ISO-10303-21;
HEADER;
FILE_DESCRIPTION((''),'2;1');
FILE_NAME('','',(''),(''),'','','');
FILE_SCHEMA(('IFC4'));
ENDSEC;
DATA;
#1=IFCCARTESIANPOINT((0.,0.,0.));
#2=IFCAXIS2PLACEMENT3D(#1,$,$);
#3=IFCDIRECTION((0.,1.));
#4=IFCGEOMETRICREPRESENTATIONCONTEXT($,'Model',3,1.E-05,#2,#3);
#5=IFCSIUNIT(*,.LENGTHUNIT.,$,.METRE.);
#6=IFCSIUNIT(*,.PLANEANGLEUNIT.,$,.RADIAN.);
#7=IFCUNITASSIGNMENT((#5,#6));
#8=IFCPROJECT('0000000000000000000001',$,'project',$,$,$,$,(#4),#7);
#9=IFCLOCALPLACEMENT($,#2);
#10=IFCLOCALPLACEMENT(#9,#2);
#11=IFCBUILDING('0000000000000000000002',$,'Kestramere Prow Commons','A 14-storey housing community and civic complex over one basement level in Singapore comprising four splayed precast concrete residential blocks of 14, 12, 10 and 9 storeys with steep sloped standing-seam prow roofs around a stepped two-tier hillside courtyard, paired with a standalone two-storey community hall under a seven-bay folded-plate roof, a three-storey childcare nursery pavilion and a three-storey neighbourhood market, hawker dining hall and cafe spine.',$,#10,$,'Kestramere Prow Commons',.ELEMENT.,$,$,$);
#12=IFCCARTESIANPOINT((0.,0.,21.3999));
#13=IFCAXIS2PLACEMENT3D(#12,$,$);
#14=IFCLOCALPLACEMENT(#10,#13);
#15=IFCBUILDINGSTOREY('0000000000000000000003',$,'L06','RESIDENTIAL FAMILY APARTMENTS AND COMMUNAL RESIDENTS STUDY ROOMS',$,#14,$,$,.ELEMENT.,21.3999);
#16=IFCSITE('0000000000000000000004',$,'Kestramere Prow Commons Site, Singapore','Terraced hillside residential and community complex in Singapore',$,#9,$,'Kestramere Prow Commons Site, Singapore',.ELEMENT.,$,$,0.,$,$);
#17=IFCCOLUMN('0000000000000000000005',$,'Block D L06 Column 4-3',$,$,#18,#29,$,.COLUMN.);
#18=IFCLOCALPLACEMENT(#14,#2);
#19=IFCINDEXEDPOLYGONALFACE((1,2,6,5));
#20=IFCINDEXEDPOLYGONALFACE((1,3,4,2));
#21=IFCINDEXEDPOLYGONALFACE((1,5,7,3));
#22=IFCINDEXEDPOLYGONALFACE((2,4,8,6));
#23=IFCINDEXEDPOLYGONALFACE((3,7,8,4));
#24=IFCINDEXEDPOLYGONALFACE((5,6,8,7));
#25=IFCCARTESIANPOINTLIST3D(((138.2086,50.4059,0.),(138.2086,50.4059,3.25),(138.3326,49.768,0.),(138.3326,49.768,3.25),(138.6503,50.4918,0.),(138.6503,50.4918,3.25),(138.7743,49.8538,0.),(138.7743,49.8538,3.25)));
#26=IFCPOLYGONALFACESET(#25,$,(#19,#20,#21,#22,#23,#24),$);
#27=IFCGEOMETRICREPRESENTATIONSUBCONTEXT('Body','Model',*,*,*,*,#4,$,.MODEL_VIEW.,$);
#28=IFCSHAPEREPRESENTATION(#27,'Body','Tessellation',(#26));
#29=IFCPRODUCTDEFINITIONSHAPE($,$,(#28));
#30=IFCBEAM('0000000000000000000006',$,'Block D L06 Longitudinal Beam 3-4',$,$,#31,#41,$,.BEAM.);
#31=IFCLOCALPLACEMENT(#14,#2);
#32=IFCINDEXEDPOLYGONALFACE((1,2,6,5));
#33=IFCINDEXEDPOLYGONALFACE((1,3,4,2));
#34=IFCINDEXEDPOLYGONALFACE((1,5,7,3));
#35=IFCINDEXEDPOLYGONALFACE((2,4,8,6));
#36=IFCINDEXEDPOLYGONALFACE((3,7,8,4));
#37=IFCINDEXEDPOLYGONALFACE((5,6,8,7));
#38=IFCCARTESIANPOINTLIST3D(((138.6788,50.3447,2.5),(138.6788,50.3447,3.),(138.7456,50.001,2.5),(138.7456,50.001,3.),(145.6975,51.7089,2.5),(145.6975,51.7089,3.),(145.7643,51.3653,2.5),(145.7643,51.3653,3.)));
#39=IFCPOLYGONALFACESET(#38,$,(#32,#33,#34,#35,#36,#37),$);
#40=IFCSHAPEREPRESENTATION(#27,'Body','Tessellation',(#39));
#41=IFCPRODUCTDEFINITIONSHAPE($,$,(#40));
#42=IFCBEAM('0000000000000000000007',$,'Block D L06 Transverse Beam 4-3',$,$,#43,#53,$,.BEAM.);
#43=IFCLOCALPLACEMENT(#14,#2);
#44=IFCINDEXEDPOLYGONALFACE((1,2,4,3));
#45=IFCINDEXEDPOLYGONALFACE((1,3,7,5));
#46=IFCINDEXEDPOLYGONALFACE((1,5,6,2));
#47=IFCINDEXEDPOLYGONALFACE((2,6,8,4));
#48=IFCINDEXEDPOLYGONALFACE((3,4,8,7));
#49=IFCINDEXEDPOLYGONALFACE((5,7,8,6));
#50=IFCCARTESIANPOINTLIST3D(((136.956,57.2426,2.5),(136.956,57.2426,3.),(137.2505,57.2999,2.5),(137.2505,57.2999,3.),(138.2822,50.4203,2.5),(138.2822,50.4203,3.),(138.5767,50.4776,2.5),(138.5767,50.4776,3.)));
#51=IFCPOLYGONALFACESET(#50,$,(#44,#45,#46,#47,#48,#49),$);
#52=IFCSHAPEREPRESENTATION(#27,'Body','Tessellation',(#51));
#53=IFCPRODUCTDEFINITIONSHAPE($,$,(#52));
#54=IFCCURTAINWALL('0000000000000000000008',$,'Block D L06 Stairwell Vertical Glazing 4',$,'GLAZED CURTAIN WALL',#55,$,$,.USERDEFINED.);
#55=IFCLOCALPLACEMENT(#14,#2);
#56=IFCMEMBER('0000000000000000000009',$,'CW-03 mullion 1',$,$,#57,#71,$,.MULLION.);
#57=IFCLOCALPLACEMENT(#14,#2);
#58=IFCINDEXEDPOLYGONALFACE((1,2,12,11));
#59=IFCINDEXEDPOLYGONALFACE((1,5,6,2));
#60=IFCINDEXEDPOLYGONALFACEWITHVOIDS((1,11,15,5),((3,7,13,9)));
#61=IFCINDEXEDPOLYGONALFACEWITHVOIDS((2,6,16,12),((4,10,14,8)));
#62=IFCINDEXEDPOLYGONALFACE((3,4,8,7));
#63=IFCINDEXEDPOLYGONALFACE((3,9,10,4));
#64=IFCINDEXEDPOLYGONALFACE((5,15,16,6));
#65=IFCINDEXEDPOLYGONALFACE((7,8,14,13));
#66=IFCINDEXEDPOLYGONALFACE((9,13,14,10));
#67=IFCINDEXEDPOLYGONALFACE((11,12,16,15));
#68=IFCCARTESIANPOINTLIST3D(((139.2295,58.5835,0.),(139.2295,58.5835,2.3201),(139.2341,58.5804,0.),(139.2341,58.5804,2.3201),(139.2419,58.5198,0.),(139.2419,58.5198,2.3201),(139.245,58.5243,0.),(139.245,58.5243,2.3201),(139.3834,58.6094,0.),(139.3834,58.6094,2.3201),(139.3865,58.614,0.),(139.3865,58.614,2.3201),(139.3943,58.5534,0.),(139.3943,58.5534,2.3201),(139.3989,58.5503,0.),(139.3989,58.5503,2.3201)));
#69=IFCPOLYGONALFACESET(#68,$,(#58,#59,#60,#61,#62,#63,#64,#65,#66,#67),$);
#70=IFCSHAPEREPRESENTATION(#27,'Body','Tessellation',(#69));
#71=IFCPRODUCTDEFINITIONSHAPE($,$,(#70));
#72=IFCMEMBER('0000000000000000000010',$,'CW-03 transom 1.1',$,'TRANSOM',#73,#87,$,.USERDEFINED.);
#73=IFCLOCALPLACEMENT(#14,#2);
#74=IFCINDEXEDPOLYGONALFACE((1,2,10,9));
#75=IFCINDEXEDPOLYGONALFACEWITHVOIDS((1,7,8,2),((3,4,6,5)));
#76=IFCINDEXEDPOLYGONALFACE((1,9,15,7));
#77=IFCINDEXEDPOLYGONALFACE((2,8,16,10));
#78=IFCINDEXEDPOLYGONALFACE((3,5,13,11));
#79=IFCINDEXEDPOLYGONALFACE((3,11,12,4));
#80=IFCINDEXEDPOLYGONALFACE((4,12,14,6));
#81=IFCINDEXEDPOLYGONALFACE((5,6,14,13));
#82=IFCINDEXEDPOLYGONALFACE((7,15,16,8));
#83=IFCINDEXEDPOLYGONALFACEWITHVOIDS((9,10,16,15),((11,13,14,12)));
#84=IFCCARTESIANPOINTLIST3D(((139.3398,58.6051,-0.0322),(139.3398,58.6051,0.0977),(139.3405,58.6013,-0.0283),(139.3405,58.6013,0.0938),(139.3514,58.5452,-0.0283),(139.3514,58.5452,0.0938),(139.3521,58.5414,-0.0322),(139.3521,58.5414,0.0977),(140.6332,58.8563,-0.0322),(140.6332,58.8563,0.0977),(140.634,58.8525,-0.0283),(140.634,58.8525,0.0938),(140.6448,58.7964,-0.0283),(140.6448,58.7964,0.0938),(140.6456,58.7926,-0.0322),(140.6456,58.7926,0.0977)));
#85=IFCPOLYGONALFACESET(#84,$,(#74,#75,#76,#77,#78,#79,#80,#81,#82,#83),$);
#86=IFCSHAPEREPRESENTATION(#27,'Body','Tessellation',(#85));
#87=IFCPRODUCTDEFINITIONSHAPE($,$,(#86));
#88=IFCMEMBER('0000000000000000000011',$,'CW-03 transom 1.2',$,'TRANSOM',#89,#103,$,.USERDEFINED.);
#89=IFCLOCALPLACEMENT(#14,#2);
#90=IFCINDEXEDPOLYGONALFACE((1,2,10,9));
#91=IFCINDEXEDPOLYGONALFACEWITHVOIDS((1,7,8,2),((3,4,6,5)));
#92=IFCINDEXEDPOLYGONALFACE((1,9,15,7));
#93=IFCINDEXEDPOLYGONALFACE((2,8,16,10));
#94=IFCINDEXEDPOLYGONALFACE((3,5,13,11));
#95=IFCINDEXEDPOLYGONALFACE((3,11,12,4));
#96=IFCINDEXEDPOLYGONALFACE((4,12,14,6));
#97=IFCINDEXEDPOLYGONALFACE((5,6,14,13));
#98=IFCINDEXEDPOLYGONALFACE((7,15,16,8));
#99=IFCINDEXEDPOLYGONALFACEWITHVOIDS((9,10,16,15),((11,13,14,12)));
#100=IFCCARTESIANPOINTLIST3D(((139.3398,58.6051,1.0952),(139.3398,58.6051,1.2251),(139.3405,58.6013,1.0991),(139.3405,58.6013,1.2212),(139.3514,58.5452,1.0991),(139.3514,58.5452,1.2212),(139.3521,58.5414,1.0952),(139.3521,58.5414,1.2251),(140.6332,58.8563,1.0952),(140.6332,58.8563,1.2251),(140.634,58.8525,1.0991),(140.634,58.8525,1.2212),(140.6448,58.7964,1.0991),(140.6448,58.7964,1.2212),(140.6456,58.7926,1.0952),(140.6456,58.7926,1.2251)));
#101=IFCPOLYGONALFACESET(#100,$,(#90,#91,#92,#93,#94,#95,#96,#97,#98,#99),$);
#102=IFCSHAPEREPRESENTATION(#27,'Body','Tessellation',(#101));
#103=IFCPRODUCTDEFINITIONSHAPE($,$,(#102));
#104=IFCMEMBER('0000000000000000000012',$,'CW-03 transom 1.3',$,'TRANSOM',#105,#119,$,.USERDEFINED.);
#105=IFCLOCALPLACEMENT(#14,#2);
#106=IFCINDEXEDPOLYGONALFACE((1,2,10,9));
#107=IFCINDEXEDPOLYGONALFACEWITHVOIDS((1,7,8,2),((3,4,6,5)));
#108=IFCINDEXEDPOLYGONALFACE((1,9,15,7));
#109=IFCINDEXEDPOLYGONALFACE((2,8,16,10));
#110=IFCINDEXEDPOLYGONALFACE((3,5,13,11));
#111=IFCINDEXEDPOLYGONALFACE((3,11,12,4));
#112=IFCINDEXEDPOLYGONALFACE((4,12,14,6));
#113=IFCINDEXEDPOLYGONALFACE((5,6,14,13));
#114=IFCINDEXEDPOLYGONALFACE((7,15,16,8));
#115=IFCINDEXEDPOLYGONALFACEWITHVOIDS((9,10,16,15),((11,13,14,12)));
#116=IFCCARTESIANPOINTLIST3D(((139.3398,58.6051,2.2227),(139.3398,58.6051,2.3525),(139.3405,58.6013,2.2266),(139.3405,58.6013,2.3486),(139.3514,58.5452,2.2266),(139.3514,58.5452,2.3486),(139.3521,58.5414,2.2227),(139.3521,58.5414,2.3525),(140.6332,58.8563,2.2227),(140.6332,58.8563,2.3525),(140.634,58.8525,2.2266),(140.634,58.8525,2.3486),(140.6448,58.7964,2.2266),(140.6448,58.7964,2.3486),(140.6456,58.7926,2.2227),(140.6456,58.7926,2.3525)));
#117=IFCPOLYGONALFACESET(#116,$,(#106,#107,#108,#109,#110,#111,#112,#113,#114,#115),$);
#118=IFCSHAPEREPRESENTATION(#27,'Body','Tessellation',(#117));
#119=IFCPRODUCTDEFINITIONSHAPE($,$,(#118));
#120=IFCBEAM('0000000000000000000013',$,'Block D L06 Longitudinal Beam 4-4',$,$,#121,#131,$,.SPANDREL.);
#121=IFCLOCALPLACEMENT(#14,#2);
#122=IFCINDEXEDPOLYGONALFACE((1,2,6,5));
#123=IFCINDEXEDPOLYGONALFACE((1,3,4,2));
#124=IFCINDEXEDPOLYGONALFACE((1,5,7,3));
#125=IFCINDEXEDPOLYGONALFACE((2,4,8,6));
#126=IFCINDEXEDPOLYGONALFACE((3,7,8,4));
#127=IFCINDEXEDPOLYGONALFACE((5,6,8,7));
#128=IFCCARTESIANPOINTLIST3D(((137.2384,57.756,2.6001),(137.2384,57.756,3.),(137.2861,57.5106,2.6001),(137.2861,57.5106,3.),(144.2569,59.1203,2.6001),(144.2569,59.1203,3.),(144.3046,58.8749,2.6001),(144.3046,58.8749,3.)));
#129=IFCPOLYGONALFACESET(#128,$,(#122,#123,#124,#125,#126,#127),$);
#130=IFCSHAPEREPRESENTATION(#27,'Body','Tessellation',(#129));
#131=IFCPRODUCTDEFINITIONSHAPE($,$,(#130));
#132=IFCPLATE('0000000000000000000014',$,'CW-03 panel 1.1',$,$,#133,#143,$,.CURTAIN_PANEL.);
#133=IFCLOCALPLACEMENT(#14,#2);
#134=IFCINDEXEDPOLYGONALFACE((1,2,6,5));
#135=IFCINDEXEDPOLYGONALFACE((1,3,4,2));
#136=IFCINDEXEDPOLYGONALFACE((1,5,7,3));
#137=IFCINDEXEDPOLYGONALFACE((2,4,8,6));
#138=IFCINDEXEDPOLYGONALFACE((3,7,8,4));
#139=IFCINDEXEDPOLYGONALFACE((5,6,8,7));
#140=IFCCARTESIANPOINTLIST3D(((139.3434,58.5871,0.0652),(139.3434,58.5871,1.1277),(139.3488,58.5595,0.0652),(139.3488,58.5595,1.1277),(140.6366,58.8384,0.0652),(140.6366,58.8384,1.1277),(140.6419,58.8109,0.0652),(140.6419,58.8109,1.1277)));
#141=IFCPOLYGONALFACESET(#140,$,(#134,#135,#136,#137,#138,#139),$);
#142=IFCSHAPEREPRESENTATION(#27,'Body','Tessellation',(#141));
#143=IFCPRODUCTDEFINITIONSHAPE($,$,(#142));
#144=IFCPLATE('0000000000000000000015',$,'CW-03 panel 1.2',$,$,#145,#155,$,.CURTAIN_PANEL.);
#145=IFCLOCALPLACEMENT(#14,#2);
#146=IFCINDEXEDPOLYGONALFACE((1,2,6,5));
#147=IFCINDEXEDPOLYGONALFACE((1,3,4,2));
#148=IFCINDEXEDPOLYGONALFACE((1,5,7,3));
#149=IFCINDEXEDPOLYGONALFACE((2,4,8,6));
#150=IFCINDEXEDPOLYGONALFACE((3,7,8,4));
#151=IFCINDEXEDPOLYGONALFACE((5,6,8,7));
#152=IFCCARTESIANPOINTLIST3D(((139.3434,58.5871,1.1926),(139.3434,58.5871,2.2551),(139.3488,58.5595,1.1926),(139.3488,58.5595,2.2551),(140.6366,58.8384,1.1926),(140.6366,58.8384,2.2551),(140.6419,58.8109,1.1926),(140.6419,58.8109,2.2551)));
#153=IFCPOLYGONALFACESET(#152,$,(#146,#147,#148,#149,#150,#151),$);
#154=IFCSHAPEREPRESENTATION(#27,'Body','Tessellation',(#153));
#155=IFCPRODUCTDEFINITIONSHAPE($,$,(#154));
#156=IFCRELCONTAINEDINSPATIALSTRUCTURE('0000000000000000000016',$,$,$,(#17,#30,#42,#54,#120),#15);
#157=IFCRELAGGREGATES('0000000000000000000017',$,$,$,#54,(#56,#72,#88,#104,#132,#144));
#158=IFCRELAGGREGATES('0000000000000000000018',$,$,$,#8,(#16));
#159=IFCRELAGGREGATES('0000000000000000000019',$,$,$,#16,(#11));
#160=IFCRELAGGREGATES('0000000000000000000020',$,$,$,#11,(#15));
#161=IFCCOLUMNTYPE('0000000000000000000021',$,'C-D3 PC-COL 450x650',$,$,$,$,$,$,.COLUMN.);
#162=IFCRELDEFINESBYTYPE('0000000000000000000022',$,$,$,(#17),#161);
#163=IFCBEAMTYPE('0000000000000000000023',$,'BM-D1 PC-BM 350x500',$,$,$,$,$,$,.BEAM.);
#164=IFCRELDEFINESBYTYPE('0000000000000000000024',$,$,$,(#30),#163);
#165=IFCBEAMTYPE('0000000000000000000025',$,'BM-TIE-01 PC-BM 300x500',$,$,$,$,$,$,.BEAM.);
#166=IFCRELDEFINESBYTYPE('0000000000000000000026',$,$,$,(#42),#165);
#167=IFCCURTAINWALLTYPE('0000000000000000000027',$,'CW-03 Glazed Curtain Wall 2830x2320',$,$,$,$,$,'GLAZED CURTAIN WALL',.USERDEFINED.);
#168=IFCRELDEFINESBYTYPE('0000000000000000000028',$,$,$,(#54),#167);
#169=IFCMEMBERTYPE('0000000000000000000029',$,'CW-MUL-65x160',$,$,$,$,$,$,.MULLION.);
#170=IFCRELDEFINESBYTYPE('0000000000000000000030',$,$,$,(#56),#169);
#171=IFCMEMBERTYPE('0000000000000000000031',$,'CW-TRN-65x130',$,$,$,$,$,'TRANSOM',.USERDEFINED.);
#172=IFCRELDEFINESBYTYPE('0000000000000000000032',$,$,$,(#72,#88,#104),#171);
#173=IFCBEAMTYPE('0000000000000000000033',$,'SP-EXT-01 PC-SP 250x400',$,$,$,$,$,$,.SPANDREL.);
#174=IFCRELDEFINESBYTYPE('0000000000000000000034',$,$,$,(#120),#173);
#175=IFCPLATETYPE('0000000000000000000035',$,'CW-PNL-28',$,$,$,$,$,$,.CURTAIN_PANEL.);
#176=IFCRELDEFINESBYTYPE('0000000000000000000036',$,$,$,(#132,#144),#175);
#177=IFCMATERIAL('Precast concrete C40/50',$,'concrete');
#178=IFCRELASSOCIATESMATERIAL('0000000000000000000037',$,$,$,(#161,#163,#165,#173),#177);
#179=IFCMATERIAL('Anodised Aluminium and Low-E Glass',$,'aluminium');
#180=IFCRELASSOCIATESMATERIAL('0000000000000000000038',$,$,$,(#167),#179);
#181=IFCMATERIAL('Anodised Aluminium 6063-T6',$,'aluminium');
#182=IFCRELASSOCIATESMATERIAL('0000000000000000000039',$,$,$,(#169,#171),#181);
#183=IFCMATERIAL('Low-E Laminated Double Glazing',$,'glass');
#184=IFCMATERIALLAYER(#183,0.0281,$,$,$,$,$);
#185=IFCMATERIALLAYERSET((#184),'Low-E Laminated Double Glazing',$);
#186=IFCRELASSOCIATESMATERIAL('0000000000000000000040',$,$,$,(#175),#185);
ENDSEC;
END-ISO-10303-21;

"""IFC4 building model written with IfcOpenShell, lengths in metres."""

from ifc_helpers import new_model, si_unit, direction, frame, origin, origin_2d, place, context, subcontext, project, spatial, rectangle, hollow_rectangle, extrude, material, layer, layer_set, material_profile, profile_set, type_object, element, aggregate, save


model = new_model("IFC4")

# Units and contexts
model_context = context("Model", 3, precision=1e-05, world=origin(), true_north=direction((0.0, 1.0)))
body_context = subcontext(model_context, "Body", "Model", "MODEL_VIEW")
ifc_project = project(units=[si_unit("LENGTHUNIT", "METRE"), si_unit("PLANEANGLEUNIT", "RADIAN")], contexts=[model_context])

# Site, building, storey
site_placement = place(None, origin())
site = spatial("IfcSite", under=ifc_project, at=site_placement, Name="Kestramere Prow Commons Site, Singapore", Description="Terraced hillside residential and community complex in Singapore", LongName="Kestramere Prow Commons Site, Singapore", CompositionType="ELEMENT", RefElevation=0.0)
building_placement = place(site_placement, origin())
building = spatial("IfcBuilding", under=site, at=building_placement, Name="Kestramere Prow Commons", Description="A 14-storey housing community and civic complex over one basement level in Singapore comprising four splayed precast concrete residential blocks of 14, 12, 10 and 9 storeys with steep sloped standing-seam prow roofs around a stepped two-tier hillside courtyard, paired with a standalone two-storey community hall under a seven-bay folded-plate roof, a three-storey childcare nursery pavilion and a three-storey neighbourhood market, hawker dining hall and cafe spine.", LongName="Kestramere Prow Commons", CompositionType="ELEMENT")
storey_placement = place(building_placement, frame((0.0, 0.0, 21.3999)))
storey = spatial("IfcBuildingStorey", under=building, at=storey_placement, Name="L06", Description="RESIDENTIAL FAMILY APARTMENTS AND COMMUNAL RESIDENTS STUDY ROOMS", CompositionType="ELEMENT", Elevation=21.3999)

# Column
ifc_material_1 = material(Name="Precast concrete C40/50", Category="concrete")
ifc_material_profile_1 = material_profile(ifc_material_1, rectangle(XDim=0.45, YDim=0.6499, at=origin_2d()), Name="PC-COL 450x650")
ifc_profile_set_1 = profile_set([ifc_material_profile_1], Name="Precast concrete C40/50")
column_type = type_object("IfcColumnType", Name="C-D3 PC-COL 450x650", PredefinedType="COLUMN", material=ifc_profile_set_1)
column_placement = place(storey_placement, frame((138.4915, 50.1299, 0.0), z_axis=(0.0, 0.0, 1.0), x_axis=(0.981627, 0.190809, 0.0)))
element("IfcColumn", 1, at=column_placement, inside=storey, type_object=column_type, Name="Block D L06 Column 4-3", PredefinedType="COLUMN", context=body_context, shape_type="SweptSolid", body=[
    extrude(rectangle(XDim=0.45, YDim=0.6499, at=origin_2d()), origin(), (0.0, 0.0, 1.0), 3.25),
])

# Beams
ifc_material_profile_2 = material_profile(ifc_material_1, rectangle(XDim=0.3501, YDim=0.5, at=origin_2d()), Name="PC-BM 350x500")
ifc_profile_set_2 = profile_set([ifc_material_profile_2], Name="Precast concrete C40/50")
beam_type_1 = type_object("IfcBeamType", Name="BM-D1 PC-BM 350x500", PredefinedType="BEAM", material=ifc_profile_set_2)
beam_1_placement = place(storey_placement, frame((138.7122, 50.1729, 2.75), z_axis=(0.981629, 0.190801, 0.0), x_axis=(-0.190801, 0.981629, 0.0)))
element("IfcBeam", 2, at=beam_1_placement, inside=storey, type_object=beam_type_1, Name="Block D L06 Longitudinal Beam 3-4", PredefinedType="BEAM", context=body_context, shape_type="SweptSolid", body=[
    extrude(rectangle(XDim=0.3501, YDim=0.5, at=origin_2d()), origin(), (0.0, 0.0, 1.0), 7.1501),
])
ifc_material_profile_3 = material_profile(ifc_material_1, rectangle(XDim=0.3, YDim=0.5, at=origin_2d()), Name="PC-BM 300x500")
ifc_profile_set_3 = profile_set([ifc_material_profile_3], Name="Precast concrete C40/50")
beam_type_2 = type_object("IfcBeamType", Name="BM-TIE-01 PC-BM 300x500", PredefinedType="BEAM", material=ifc_profile_set_3)
beam_2_placement = place(storey_placement, frame((138.4294, 50.449, 2.75), z_axis=(-0.190817, 0.981626, 0.0), x_axis=(-0.981626, -0.190817, 0.0)))
element("IfcBeam", 3, at=beam_2_placement, inside=storey, type_object=beam_type_2, Name="Block D L06 Transverse Beam 4-3", PredefinedType="BEAM", context=body_context, shape_type="SweptSolid", body=[
    extrude(rectangle(XDim=0.3, YDim=0.5, at=origin_2d()), origin(), (0.0, 0.0, 1.0), 6.95),
])

# Curtain wall, members
ifc_material_2 = material(Name="Anodised Aluminium and Low-E Glass", Category="aluminium")
curtain_wall_type = type_object("IfcCurtainWallType", Name="CW-03 Glazed Curtain Wall 2830x2320", ElementType="GLAZED CURTAIN WALL", PredefinedType="USERDEFINED", material=ifc_material_2)
curtain_wall_placement = place(storey_placement, origin())
curtain_wall = element("IfcCurtainWall", 4, at=curtain_wall_placement, inside=storey, type_object=curtain_wall_type, Name="Block D L06 Stairwell Vertical Glazing 4", ObjectType="GLAZED CURTAIN WALL", PredefinedType="USERDEFINED")
ifc_material_3 = material(Name="Anodised Aluminium 6063-T6", Category="aluminium")
ifc_material_profile_4 = material_profile(ifc_material_3, hollow_rectangle(XDim=0.0649, YDim=0.1599, WallThickness=0.0039, at=origin_2d()), Name="ALU-MUL 65x160")
ifc_profile_set_4 = profile_set([ifc_material_profile_4], Name="Anodised Aluminium 6063-T6")
member_type_1 = type_object("IfcMemberType", Name="CW-MUL-65x160", PredefinedType="MULLION", material=ifc_profile_set_4)
member_1_placement = place(storey_placement, frame((139.3142, 58.5669, 0.0), z_axis=(0.0, 0.0, 1.0), x_axis=(-0.190809, 0.981627, 0.0)))
member_1 = element("IfcMember", 5, at=member_1_placement, type_object=member_type_1, Name="CW-03 mullion 1", PredefinedType="MULLION", context=body_context, shape_type="SweptSolid", body=[
    extrude(hollow_rectangle(XDim=0.0649, YDim=0.1599, WallThickness=0.0039, at=origin_2d()), origin(), (0.0, 0.0, 1.0), 2.3201),
])
ifc_material_profile_5 = material_profile(ifc_material_3, hollow_rectangle(XDim=0.0649, YDim=0.1299, WallThickness=0.0039, at=origin_2d()), Name="ALU-TRN 65x130")
ifc_profile_set_5 = profile_set([ifc_material_profile_5], Name="Anodised Aluminium 6063-T6")
member_type_2 = type_object("IfcMemberType", Name="CW-TRN-65x130", ElementType="TRANSOM", PredefinedType="USERDEFINED", material=ifc_profile_set_5)
member_2_placement = place(storey_placement, frame((139.3459, 58.5732, 0.0327), z_axis=(0.981656, 0.190661, 0.0), x_axis=(-0.190661, 0.981656, 0.0)))
member_2 = element("IfcMember", 6, at=member_2_placement, type_object=member_type_2, Name="CW-03 transom 1.1", ObjectType="TRANSOM", PredefinedType="USERDEFINED", context=body_context, shape_type="SweptSolid", body=[
    extrude(hollow_rectangle(XDim=0.0649, YDim=0.1299, WallThickness=0.0039, at=origin_2d()), origin(), (0.0, 0.0, 1.0), 1.3176),
])
member_3_placement = place(storey_placement, frame((139.3459, 58.5732, 1.1602), z_axis=(0.981656, 0.190661, 0.0), x_axis=(-0.190661, 0.981656, 0.0)))
member_3 = element("IfcMember", 7, at=member_3_placement, type_object=member_type_2, Name="CW-03 transom 1.2", ObjectType="TRANSOM", PredefinedType="USERDEFINED", context=body_context, shape_type="SweptSolid", body=[
    extrude(hollow_rectangle(XDim=0.0649, YDim=0.1299, WallThickness=0.0039, at=origin_2d()), origin(), (0.0, 0.0, 1.0), 1.3176),
])
member_4_placement = place(storey_placement, frame((139.3459, 58.5732, 2.2876), z_axis=(0.981656, 0.190661, 0.0), x_axis=(-0.190661, 0.981656, 0.0)))
member_4 = element("IfcMember", 8, at=member_4_placement, type_object=member_type_2, Name="CW-03 transom 1.3", ObjectType="TRANSOM", PredefinedType="USERDEFINED", context=body_context, shape_type="SweptSolid", body=[
    extrude(hollow_rectangle(XDim=0.0649, YDim=0.1299, WallThickness=0.0039, at=origin_2d()), origin(), (0.0, 0.0, 1.0), 1.3176),
])

# Beam
ifc_material_profile_6 = material_profile(ifc_material_1, rectangle(XDim=0.25, YDim=0.3999, at=origin_2d()), Name="PC-SP 250x400")
ifc_profile_set_6 = profile_set([ifc_material_profile_6], Name="Precast concrete C40/50")
beam_type_3 = type_object("IfcBeamType", Name="SP-EXT-01 PC-SP 250x400", PredefinedType="SPANDREL", material=ifc_profile_set_6)
beam_3_placement = place(storey_placement, frame((137.2622, 57.6333, 2.8), z_axis=(0.981627, 0.190808, 0.0), x_axis=(-0.190808, 0.981627, 0.0)))
element("IfcBeam", 9, at=beam_3_placement, inside=storey, type_object=beam_type_3, Name="Block D L06 Longitudinal Beam 4-4", PredefinedType="SPANDREL", context=body_context, shape_type="SweptSolid", body=[
    extrude(rectangle(XDim=0.25, YDim=0.3999, at=origin_2d()), origin(), (0.0, 0.0, 1.0), 7.1499),
])

# Plates
ifc_material_4 = material(Name="Low-E Laminated Double Glazing", Category="glass")
ifc_layer_1 = layer(ifc_material_4, 0.0281)
ifc_layer_set_1 = layer_set([ifc_layer_1], Name="Low-E Laminated Double Glazing")
plate_type = type_object("IfcPlateType", Name="CW-PNL-28", PredefinedType="CURTAIN_PANEL", material=ifc_layer_set_1)
plate_1_placement = place(storey_placement, frame((139.9927, 58.699, 0.0652), z_axis=(0.0, 0.0, 1.0), x_axis=(0.981627, 0.190809, 0.0)))
plate_1 = element("IfcPlate", 10, at=plate_1_placement, type_object=plate_type, Name="CW-03 panel 1.1", PredefinedType="CURTAIN_PANEL", context=body_context, shape_type="SweptSolid", body=[
    extrude(rectangle(XDim=1.3174, YDim=0.0281, at=origin_2d()), origin(), (0.0, 0.0, 1.0), 1.0625),
])
plate_2_placement = place(storey_placement, frame((139.9927, 58.699, 1.1926), z_axis=(0.0, 0.0, 1.0), x_axis=(0.981627, 0.190809, 0.0)))
plate_2 = element("IfcPlate", 11, at=plate_2_placement, type_object=plate_type, Name="CW-03 panel 1.2", PredefinedType="CURTAIN_PANEL", context=body_context, shape_type="SweptSolid", body=[
    extrude(rectangle(XDim=1.3174, YDim=0.0281, at=origin_2d()), origin(), (0.0, 0.0, 1.0), 1.0625),
])
aggregate(curtain_wall, [member_1, member_2, member_3, member_4, plate_1, plate_2])

save(model, "model.ifc")
